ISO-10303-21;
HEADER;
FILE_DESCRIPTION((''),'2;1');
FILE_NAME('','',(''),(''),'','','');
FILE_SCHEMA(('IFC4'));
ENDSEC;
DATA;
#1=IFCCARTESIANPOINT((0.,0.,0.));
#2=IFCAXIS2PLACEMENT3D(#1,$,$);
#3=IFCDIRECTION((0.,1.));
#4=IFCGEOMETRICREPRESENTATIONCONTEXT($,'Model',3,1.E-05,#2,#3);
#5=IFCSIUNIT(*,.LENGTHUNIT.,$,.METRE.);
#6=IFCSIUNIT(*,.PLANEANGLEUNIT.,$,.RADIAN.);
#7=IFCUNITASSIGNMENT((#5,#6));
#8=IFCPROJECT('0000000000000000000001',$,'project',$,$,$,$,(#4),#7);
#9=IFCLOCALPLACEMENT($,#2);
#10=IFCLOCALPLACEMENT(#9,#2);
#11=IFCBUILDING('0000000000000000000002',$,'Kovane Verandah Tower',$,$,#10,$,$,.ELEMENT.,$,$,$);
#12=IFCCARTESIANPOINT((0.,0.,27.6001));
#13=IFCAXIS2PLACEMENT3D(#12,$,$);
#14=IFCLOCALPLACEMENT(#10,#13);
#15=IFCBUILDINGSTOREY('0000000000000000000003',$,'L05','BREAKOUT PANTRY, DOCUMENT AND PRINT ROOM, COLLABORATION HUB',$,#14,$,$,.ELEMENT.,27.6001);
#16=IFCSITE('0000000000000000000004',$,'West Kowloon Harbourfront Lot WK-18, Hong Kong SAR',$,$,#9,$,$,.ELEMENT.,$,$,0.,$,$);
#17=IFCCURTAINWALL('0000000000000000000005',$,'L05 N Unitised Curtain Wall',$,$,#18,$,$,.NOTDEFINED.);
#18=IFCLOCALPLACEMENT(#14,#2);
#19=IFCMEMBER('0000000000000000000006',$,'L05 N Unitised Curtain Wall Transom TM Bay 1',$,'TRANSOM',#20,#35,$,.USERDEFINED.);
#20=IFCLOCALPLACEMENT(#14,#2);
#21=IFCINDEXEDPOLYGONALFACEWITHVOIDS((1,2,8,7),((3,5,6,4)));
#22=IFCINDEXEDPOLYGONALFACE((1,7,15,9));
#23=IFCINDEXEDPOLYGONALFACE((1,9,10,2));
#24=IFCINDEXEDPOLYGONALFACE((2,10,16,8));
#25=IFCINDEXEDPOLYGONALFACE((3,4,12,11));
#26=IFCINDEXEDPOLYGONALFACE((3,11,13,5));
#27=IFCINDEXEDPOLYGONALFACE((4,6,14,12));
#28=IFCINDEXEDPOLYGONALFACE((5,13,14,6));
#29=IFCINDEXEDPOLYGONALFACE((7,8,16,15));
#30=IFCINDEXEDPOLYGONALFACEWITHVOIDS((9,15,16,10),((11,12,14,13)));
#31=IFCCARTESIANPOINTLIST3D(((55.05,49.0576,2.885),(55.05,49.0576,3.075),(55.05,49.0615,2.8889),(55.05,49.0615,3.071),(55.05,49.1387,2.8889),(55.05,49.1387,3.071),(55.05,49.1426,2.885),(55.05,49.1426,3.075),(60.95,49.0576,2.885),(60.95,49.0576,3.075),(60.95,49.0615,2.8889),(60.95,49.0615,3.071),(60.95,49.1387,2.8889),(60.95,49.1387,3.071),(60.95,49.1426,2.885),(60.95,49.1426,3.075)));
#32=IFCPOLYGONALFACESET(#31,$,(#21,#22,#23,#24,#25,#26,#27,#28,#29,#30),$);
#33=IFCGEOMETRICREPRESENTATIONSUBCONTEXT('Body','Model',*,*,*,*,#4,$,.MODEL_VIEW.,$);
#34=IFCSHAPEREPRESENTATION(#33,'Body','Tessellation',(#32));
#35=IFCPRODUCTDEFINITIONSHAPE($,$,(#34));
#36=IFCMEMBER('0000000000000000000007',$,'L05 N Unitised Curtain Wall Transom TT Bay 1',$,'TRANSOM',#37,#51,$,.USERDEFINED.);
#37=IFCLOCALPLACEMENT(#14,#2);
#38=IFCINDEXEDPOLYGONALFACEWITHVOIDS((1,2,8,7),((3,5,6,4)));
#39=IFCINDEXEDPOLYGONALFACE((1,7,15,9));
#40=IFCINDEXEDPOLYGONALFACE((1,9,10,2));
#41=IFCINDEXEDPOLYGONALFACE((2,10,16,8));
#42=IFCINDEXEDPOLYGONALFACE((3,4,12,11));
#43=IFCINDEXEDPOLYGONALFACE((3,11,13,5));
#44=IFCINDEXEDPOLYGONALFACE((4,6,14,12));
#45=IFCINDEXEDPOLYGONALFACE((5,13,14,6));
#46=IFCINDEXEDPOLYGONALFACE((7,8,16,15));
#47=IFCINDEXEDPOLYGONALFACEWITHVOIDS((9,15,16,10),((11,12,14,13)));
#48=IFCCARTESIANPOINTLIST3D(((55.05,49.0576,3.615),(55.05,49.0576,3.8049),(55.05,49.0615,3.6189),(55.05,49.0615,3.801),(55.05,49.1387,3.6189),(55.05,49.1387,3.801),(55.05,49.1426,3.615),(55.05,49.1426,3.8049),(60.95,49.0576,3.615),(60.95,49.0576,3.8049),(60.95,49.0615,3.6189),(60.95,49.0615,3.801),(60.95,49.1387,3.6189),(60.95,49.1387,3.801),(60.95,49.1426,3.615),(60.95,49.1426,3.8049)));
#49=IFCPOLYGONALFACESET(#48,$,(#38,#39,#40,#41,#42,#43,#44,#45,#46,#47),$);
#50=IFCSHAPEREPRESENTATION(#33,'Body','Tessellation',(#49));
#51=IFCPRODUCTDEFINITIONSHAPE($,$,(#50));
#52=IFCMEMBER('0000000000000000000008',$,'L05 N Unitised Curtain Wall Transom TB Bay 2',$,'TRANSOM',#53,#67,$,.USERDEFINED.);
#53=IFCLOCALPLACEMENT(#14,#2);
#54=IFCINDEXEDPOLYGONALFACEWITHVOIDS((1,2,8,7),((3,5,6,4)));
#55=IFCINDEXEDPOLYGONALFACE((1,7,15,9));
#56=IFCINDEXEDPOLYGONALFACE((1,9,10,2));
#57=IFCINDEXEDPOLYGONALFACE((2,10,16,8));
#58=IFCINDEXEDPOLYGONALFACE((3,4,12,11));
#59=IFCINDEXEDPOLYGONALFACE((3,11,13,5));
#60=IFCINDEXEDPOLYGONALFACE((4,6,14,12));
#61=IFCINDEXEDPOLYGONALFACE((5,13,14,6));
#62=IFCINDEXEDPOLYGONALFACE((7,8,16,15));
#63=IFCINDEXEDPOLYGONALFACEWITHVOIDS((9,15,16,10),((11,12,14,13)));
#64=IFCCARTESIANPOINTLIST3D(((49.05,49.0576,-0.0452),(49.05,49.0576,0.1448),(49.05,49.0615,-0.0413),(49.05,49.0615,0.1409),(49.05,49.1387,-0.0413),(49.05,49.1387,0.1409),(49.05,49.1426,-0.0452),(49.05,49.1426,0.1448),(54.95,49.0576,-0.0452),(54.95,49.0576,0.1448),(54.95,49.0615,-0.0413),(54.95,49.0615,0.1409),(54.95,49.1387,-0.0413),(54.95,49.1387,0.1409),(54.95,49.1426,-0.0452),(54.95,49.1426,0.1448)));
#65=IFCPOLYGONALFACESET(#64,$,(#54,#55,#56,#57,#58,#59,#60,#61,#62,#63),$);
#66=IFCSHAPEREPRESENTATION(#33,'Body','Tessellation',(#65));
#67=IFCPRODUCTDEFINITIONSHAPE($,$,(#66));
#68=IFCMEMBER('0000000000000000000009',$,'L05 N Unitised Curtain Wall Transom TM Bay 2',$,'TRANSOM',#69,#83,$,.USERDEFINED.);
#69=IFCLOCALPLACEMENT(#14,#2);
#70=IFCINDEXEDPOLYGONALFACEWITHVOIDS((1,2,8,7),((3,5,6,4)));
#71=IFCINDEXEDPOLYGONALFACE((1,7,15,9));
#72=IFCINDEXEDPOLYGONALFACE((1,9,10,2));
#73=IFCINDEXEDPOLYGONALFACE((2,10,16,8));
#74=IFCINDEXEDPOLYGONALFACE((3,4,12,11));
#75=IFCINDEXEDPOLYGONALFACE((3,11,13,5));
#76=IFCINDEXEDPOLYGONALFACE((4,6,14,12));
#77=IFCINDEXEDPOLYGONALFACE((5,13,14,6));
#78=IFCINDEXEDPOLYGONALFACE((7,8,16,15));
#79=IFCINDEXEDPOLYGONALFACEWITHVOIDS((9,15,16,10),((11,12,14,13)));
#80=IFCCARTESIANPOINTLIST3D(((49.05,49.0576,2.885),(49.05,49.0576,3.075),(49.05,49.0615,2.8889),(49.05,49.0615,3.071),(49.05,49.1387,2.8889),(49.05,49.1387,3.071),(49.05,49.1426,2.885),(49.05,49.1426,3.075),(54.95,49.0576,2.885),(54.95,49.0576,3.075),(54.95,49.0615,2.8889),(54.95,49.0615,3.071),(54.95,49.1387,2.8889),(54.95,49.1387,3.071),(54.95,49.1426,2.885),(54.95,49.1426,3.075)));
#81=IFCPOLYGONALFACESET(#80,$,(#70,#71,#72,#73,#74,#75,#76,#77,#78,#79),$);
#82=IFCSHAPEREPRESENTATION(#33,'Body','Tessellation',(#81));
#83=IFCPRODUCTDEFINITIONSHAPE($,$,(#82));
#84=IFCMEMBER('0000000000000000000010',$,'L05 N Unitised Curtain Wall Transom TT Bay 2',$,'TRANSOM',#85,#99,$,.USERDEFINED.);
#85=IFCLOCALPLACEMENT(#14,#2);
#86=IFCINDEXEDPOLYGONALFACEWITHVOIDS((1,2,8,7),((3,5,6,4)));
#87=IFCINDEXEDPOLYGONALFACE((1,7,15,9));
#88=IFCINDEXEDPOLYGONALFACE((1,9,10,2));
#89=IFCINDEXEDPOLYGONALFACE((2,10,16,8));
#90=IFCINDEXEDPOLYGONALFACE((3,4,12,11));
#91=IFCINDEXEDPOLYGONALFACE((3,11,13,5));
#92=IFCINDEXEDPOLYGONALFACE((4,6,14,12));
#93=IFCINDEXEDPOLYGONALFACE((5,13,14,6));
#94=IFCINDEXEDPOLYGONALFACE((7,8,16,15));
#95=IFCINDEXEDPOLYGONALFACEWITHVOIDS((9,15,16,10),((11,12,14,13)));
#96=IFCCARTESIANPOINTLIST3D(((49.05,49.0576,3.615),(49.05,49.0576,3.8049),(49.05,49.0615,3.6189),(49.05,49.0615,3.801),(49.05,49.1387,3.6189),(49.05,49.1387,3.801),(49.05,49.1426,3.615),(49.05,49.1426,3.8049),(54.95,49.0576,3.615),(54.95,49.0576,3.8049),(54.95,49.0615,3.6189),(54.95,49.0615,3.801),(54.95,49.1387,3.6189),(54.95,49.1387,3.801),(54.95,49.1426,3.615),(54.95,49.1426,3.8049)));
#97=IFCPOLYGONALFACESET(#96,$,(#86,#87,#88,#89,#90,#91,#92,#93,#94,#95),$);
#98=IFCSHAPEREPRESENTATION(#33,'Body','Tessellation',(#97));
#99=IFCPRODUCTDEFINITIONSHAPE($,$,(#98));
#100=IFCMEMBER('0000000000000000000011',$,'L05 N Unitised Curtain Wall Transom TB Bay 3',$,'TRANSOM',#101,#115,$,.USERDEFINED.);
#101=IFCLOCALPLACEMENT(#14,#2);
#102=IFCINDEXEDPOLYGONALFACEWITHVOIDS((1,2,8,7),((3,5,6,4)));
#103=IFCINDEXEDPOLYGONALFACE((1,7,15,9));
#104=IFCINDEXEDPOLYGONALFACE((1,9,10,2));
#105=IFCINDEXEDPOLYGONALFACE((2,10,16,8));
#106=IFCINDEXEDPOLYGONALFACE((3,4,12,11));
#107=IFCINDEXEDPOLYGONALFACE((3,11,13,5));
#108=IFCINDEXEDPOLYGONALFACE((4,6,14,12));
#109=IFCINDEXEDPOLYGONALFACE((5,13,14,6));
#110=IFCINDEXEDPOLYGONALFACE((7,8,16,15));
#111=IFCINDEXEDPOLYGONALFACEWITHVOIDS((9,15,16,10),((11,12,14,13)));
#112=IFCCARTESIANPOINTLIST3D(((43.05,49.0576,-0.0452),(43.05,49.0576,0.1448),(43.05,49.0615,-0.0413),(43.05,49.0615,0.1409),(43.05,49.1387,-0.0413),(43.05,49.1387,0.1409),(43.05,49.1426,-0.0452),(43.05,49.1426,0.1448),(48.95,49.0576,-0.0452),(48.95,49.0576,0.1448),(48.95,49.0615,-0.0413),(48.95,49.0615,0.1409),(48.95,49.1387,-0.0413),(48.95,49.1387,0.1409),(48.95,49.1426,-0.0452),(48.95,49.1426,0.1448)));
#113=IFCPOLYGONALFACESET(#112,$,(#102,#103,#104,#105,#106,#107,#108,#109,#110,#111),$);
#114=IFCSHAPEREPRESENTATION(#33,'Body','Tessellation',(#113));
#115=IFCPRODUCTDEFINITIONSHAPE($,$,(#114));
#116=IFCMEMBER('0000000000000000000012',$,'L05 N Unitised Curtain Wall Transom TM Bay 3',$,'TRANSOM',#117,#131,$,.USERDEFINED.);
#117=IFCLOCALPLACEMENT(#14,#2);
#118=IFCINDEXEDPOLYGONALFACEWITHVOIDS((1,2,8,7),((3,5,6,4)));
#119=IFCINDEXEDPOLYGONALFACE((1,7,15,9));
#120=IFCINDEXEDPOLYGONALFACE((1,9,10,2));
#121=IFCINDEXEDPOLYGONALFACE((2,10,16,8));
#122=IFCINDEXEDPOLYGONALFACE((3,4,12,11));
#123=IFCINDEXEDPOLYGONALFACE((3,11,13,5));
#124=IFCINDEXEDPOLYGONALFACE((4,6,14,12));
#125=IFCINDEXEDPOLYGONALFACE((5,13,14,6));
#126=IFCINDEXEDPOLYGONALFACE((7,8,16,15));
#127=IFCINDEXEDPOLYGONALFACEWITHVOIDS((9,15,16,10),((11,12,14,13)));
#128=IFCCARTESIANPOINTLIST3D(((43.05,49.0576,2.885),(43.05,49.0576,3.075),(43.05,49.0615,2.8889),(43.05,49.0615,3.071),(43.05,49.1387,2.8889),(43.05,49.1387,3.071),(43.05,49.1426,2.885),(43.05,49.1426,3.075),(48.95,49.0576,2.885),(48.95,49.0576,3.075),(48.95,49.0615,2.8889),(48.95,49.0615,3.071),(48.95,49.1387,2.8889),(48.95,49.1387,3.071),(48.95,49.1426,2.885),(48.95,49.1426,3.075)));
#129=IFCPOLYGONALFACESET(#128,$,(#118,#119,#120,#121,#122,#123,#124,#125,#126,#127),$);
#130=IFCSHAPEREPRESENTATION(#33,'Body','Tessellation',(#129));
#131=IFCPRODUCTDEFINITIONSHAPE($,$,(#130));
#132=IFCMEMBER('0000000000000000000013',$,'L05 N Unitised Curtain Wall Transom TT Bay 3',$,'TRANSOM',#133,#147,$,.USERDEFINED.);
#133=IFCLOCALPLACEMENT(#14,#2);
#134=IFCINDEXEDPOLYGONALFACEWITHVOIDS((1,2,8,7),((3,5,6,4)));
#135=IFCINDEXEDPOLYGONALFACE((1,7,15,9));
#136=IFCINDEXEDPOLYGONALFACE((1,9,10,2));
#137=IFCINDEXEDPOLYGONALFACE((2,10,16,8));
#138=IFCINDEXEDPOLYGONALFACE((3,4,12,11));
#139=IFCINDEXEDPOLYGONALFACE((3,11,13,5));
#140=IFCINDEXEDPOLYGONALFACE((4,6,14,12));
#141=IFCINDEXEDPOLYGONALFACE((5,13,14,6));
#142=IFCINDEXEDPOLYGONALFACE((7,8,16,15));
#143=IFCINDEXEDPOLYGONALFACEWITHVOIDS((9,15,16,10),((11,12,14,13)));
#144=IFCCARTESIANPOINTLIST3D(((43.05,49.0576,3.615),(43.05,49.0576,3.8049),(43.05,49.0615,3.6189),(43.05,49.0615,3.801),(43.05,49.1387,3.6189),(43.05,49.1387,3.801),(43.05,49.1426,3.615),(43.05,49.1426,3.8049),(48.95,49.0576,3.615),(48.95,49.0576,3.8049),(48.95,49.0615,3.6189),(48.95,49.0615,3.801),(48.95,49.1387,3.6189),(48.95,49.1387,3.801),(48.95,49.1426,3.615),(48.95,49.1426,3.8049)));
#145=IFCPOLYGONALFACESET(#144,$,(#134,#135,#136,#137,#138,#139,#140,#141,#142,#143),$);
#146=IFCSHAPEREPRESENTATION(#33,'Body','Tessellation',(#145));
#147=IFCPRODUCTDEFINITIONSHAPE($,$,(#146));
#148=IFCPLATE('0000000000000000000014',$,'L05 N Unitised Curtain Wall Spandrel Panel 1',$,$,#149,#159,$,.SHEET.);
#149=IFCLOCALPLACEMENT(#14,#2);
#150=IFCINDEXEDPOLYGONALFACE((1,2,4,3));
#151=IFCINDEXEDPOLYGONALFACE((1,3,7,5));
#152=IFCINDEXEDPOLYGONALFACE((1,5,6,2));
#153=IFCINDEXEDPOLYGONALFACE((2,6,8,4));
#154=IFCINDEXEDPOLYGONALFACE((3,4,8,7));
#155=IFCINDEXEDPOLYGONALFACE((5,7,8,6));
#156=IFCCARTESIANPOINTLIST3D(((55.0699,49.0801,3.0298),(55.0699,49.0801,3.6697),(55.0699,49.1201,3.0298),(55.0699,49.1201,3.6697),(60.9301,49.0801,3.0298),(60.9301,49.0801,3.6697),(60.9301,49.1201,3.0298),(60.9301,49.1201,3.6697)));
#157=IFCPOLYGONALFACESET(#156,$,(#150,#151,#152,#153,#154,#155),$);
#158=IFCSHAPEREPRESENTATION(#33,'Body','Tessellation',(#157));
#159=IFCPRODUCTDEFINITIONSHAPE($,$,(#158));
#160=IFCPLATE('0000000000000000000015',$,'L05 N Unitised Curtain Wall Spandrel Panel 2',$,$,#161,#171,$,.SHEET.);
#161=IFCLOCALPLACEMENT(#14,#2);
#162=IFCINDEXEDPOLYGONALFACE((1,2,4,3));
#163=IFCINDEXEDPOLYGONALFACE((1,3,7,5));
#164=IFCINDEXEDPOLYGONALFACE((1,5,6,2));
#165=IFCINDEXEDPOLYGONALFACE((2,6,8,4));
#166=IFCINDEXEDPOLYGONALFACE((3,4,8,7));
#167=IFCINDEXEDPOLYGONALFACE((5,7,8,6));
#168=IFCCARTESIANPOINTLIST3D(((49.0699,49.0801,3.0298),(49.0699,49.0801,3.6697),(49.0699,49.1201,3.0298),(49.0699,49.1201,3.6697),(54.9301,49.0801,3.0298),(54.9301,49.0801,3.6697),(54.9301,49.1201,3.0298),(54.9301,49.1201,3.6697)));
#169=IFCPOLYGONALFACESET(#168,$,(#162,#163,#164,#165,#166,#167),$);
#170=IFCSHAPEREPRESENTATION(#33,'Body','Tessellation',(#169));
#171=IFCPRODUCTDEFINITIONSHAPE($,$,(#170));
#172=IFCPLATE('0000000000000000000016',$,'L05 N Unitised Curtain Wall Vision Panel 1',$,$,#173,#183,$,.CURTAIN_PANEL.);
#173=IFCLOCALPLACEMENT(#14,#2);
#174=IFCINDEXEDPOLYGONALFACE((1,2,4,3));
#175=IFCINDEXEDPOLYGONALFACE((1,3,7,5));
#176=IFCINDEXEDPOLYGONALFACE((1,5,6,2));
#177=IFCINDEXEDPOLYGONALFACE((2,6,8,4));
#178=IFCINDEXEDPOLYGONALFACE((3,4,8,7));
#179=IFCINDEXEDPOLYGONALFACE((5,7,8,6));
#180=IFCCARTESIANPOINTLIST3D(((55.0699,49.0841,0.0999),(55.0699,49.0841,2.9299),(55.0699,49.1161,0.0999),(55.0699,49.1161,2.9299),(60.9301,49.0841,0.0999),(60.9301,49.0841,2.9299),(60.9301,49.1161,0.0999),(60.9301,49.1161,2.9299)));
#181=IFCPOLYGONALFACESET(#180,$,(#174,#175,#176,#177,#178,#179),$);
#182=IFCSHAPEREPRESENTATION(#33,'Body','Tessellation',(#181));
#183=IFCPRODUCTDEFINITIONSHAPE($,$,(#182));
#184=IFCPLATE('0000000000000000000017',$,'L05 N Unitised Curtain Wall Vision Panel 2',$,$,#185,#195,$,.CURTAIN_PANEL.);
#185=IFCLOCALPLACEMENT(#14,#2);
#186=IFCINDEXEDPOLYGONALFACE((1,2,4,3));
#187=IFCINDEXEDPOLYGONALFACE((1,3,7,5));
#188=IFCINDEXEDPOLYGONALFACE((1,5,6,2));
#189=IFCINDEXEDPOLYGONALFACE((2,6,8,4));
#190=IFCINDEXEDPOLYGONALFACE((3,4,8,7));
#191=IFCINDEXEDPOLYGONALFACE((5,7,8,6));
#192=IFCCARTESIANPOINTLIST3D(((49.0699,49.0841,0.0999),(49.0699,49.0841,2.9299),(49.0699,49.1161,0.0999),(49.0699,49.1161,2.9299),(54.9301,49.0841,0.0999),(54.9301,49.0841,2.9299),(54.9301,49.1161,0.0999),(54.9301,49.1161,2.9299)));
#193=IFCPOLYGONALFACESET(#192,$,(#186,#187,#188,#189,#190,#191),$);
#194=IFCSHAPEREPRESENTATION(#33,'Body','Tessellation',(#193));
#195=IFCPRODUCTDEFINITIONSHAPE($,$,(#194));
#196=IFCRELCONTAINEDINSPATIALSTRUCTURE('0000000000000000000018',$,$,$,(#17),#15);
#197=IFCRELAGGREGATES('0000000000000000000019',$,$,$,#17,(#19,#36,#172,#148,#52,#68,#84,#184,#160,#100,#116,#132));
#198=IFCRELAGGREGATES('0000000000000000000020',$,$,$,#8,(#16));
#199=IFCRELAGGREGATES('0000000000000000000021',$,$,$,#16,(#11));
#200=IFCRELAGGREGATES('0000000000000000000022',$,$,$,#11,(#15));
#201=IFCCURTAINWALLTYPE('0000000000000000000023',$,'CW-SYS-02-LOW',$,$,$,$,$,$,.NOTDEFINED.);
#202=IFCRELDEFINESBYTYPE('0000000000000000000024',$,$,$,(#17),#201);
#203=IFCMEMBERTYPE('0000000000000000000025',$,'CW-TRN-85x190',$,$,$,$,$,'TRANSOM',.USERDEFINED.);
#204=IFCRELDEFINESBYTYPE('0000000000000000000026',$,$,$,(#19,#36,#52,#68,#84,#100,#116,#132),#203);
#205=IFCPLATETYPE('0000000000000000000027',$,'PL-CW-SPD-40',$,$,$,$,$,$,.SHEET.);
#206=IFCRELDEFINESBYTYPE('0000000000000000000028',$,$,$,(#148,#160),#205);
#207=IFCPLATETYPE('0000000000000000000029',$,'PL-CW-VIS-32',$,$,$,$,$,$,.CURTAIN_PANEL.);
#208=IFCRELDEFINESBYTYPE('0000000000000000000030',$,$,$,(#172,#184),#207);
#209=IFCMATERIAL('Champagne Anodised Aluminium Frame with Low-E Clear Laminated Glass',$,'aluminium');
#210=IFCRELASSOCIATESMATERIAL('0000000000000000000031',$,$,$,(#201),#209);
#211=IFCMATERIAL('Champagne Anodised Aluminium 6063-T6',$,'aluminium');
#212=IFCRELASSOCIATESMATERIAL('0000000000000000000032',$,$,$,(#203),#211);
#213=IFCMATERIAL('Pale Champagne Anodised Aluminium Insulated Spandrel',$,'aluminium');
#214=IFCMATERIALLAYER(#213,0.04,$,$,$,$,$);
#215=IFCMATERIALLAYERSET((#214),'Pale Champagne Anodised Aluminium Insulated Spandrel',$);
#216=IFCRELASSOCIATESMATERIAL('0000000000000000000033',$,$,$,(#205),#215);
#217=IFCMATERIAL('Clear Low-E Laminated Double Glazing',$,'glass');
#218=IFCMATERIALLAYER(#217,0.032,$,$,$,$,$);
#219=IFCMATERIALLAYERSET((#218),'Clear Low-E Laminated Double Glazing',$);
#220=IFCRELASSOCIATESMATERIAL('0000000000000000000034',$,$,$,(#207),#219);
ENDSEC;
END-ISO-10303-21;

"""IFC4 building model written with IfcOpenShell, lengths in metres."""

from ifc_helpers import new_model, si_unit, direction, frame, origin, origin_2d, place, context, subcontext, project, spatial, rectangle, hollow_rectangle, extrude, material, layer, layer_set, material_profile, profile_set, type_object, element, aggregate, save


model = new_model("IFC4")

# Units and contexts
model_context = context("Model", 3, precision=1e-05, world=origin(), true_north=direction((0.0, 1.0)))
body_context = subcontext(model_context, "Body", "Model", "MODEL_VIEW")
ifc_project = project(units=[si_unit("LENGTHUNIT", "METRE"), si_unit("PLANEANGLEUNIT", "RADIAN")], contexts=[model_context])

# Site, building, storey
site_placement = place(None, origin())
site = spatial("IfcSite", under=ifc_project, at=site_placement, Name="West Kowloon Harbourfront Lot WK-18, Hong Kong SAR", CompositionType="ELEMENT", RefElevation=0.0)
building_placement = place(site_placement, origin())
building = spatial("IfcBuilding", under=site, at=building_placement, Name="Kovane Verandah Tower", CompositionType="ELEMENT")
storey_placement = place(building_placement, frame((0.0, 0.0, 27.6001)))
storey = spatial("IfcBuildingStorey", under=building, at=storey_placement, Name="L05", Description="BREAKOUT PANTRY, DOCUMENT AND PRINT ROOM, COLLABORATION HUB", CompositionType="ELEMENT", Elevation=27.6001)

# Curtain wall, members, plates
ifc_material_1 = material(Name="Champagne Anodised Aluminium Frame with Low-E Clear Laminated Glass", Category="aluminium")
curtain_wall_type = type_object("IfcCurtainWallType", Name="CW-SYS-02-LOW", PredefinedType="NOTDEFINED", material=ifc_material_1)
curtain_wall_placement = place(storey_placement, origin())
curtain_wall = element("IfcCurtainWall", 1, at=curtain_wall_placement, inside=storey, type_object=curtain_wall_type, Name="L05 N Unitised Curtain Wall", PredefinedType="NOTDEFINED")
ifc_material_2 = material(Name="Champagne Anodised Aluminium 6063-T6", Category="aluminium")
ifc_material_profile_1 = material_profile(ifc_material_2, hollow_rectangle(XDim=0.085, YDim=0.1899, WallThickness=0.0039, at=origin_2d()), Name="AL85x190x4")
ifc_profile_set_1 = profile_set([ifc_material_profile_1], Name="Champagne Anodised Aluminium 6063-T6")
member_type_1 = type_object("IfcMemberType", Name="CW-TRN-85x190", ElementType="TRANSOM", PredefinedType="USERDEFINED", material=ifc_profile_set_1)
member_1_placement = place(storey_placement, frame((60.95, 49.1001, 2.98), z_axis=(-1.0, 0.0, 0.0), x_axis=(0.0, -1.0, 0.0)))
member_1 = element("IfcMember", 2, at=member_1_placement, type_object=member_type_1, Name="L05 N Unitised Curtain Wall Transom TM Bay 1", ObjectType="TRANSOM", PredefinedType="USERDEFINED", context=body_context, shape_type="SweptSolid", body=[
    extrude(hollow_rectangle(XDim=0.085, YDim=0.1899, WallThickness=0.0039, at=origin_2d()), origin(), (0.0, 0.0, 1.0), 5.8999),
])
member_2_placement = place(storey_placement, frame((60.95, 49.1001, 3.71), z_axis=(-1.0, 0.0, 0.0), x_axis=(0.0, -1.0, 0.0)))
member_2 = element("IfcMember", 3, at=member_2_placement, type_object=member_type_1, Name="L05 N Unitised Curtain Wall Transom TT Bay 1", ObjectType="TRANSOM", PredefinedType="USERDEFINED", context=body_context, shape_type="SweptSolid", body=[
    extrude(hollow_rectangle(XDim=0.085, YDim=0.1899, WallThickness=0.0039, at=origin_2d()), origin(), (0.0, 0.0, 1.0), 5.8999),
])
member_3_placement = place(storey_placement, frame((54.95, 49.1001, 0.0498), z_axis=(-1.0, 0.0, 0.0), x_axis=(0.0, -1.0, 0.0)))
member_3 = element("IfcMember", 4, at=member_3_placement, type_object=member_type_1, Name="L05 N Unitised Curtain Wall Transom TB Bay 2", ObjectType="TRANSOM", PredefinedType="USERDEFINED", context=body_context, shape_type="SweptSolid", body=[
    extrude(hollow_rectangle(XDim=0.085, YDim=0.1899, WallThickness=0.0039, at=origin_2d()), origin(), (0.0, 0.0, 1.0), 5.8999),
])
member_4_placement = place(storey_placement, frame((54.95, 49.1001, 2.98), z_axis=(-1.0, 0.0, 0.0), x_axis=(0.0, -1.0, 0.0)))
member_4 = element("IfcMember", 5, at=member_4_placement, type_object=member_type_1, Name="L05 N Unitised Curtain Wall Transom TM Bay 2", ObjectType="TRANSOM", PredefinedType="USERDEFINED", context=body_context, shape_type="SweptSolid", body=[
    extrude(hollow_rectangle(XDim=0.085, YDim=0.1899, WallThickness=0.0039, at=origin_2d()), origin(), (0.0, 0.0, 1.0), 5.8999),
])
member_5_placement = place(storey_placement, frame((54.95, 49.1001, 3.71), z_axis=(-1.0, 0.0, 0.0), x_axis=(0.0, -1.0, 0.0)))
member_5 = element("IfcMember", 6, at=member_5_placement, type_object=member_type_1, Name="L05 N Unitised Curtain Wall Transom TT Bay 2", ObjectType="TRANSOM", PredefinedType="USERDEFINED", context=body_context, shape_type="SweptSolid", body=[
    extrude(hollow_rectangle(XDim=0.085, YDim=0.1899, WallThickness=0.0039, at=origin_2d()), origin(), (0.0, 0.0, 1.0), 5.8999),
])
member_6_placement = place(storey_placement, frame((48.95, 49.1001, 0.0498), z_axis=(-1.0, 0.0, 0.0), x_axis=(0.0, -1.0, 0.0)))
member_6 = element("IfcMember", 7, at=member_6_placement, type_object=member_type_1, Name="L05 N Unitised Curtain Wall Transom TB Bay 3", ObjectType="TRANSOM", PredefinedType="USERDEFINED", context=body_context, shape_type="SweptSolid", body=[
    extrude(hollow_rectangle(XDim=0.085, YDim=0.1899, WallThickness=0.0039, at=origin_2d()), origin(), (0.0, 0.0, 1.0), 5.8999),
])
member_7_placement = place(storey_placement, frame((48.95, 49.1001, 2.98), z_axis=(-1.0, 0.0, 0.0), x_axis=(0.0, -1.0, 0.0)))
member_7 = element("IfcMember", 8, at=member_7_placement, type_object=member_type_1, Name="L05 N Unitised Curtain Wall Transom TM Bay 3", ObjectType="TRANSOM", PredefinedType="USERDEFINED", context=body_context, shape_type="SweptSolid", body=[
    extrude(hollow_rectangle(XDim=0.085, YDim=0.1899, WallThickness=0.0039, at=origin_2d()), origin(), (0.0, 0.0, 1.0), 5.8999),
])
member_8_placement = place(storey_placement, frame((48.95, 49.1001, 3.71), z_axis=(-1.0, 0.0, 0.0), x_axis=(0.0, -1.0, 0.0)))
member_8 = element("IfcMember", 9, at=member_8_placement, type_object=member_type_1, Name="L05 N Unitised Curtain Wall Transom TT Bay 3", ObjectType="TRANSOM", PredefinedType="USERDEFINED", context=body_context, shape_type="SweptSolid", body=[
    extrude(hollow_rectangle(XDim=0.085, YDim=0.1899, WallThickness=0.0039, at=origin_2d()), origin(), (0.0, 0.0, 1.0), 5.8999),
])
ifc_material_3 = material(Name="Pale Champagne Anodised Aluminium Insulated Spandrel", Category="aluminium")
ifc_layer_1 = layer(ifc_material_3, 0.04)
ifc_layer_set_1 = layer_set([ifc_layer_1], Name="Pale Champagne Anodised Aluminium Insulated Spandrel")
plate_type_1 = type_object("IfcPlateType", Name="PL-CW-SPD-40", PredefinedType="SHEET", material=ifc_layer_set_1)
plate_1_placement = place(storey_placement, frame((58.0, 49.1001, 3.0298), z_axis=(0.0, 0.0, 1.0), x_axis=(-1.0, 0.0, 0.0)))
plate_1 = element("IfcPlate", 10, at=plate_1_placement, type_object=plate_type_1, Name="L05 N Unitised Curtain Wall Spandrel Panel 1", PredefinedType="SHEET", context=body_context, shape_type="SweptSolid", body=[
    extrude(rectangle(XDim=5.8601, YDim=0.04, at=origin_2d()), origin(), (0.0, 0.0, 1.0), 0.6399),
])
plate_2_placement = place(storey_placement, frame((52.0, 49.1001, 3.0298), z_axis=(0.0, 0.0, 1.0), x_axis=(-1.0, 0.0, 0.0)))
plate_2 = element("IfcPlate", 11, at=plate_2_placement, type_object=plate_type_1, Name="L05 N Unitised Curtain Wall Spandrel Panel 2", PredefinedType="SHEET", context=body_context, shape_type="SweptSolid", body=[
    extrude(rectangle(XDim=5.8601, YDim=0.04, at=origin_2d()), origin(), (0.0, 0.0, 1.0), 0.6399),
])
ifc_material_4 = material(Name="Clear Low-E Laminated Double Glazing", Category="glass")
ifc_layer_2 = layer(ifc_material_4, 0.032)
ifc_layer_set_2 = layer_set([ifc_layer_2], Name="Clear Low-E Laminated Double Glazing")
plate_type_2 = type_object("IfcPlateType", Name="PL-CW-VIS-32", PredefinedType="CURTAIN_PANEL", material=ifc_layer_set_2)
plate_3_placement = place(storey_placement, frame((58.0, 49.1001, 0.0999), z_axis=(0.0, 0.0, 1.0), x_axis=(-1.0, 0.0, 0.0)))
plate_3 = element("IfcPlate", 12, at=plate_3_placement, type_object=plate_type_2, Name="L05 N Unitised Curtain Wall Vision Panel 1", PredefinedType="CURTAIN_PANEL", context=body_context, shape_type="SweptSolid", body=[
    extrude(rectangle(XDim=5.8601, YDim=0.032, at=origin_2d()), origin(), (0.0, 0.0, 1.0), 2.8301),
])
plate_4_placement = place(storey_placement, frame((52.0, 49.1001, 0.0999), z_axis=(0.0, 0.0, 1.0), x_axis=(-1.0, 0.0, 0.0)))
plate_4 = element("IfcPlate", 13, at=plate_4_placement, type_object=plate_type_2, Name="L05 N Unitised Curtain Wall Vision Panel 2", PredefinedType="CURTAIN_PANEL", context=body_context, shape_type="SweptSolid", body=[
    extrude(rectangle(XDim=5.8601, YDim=0.032, at=origin_2d()), origin(), (0.0, 0.0, 1.0), 2.8301),
])
aggregate(curtain_wall, [member_1, member_2, plate_3, plate_1, member_3, member_4, member_5, plate_4, plate_2, member_6, member_7, member_8])

save(model, "model.ifc")
